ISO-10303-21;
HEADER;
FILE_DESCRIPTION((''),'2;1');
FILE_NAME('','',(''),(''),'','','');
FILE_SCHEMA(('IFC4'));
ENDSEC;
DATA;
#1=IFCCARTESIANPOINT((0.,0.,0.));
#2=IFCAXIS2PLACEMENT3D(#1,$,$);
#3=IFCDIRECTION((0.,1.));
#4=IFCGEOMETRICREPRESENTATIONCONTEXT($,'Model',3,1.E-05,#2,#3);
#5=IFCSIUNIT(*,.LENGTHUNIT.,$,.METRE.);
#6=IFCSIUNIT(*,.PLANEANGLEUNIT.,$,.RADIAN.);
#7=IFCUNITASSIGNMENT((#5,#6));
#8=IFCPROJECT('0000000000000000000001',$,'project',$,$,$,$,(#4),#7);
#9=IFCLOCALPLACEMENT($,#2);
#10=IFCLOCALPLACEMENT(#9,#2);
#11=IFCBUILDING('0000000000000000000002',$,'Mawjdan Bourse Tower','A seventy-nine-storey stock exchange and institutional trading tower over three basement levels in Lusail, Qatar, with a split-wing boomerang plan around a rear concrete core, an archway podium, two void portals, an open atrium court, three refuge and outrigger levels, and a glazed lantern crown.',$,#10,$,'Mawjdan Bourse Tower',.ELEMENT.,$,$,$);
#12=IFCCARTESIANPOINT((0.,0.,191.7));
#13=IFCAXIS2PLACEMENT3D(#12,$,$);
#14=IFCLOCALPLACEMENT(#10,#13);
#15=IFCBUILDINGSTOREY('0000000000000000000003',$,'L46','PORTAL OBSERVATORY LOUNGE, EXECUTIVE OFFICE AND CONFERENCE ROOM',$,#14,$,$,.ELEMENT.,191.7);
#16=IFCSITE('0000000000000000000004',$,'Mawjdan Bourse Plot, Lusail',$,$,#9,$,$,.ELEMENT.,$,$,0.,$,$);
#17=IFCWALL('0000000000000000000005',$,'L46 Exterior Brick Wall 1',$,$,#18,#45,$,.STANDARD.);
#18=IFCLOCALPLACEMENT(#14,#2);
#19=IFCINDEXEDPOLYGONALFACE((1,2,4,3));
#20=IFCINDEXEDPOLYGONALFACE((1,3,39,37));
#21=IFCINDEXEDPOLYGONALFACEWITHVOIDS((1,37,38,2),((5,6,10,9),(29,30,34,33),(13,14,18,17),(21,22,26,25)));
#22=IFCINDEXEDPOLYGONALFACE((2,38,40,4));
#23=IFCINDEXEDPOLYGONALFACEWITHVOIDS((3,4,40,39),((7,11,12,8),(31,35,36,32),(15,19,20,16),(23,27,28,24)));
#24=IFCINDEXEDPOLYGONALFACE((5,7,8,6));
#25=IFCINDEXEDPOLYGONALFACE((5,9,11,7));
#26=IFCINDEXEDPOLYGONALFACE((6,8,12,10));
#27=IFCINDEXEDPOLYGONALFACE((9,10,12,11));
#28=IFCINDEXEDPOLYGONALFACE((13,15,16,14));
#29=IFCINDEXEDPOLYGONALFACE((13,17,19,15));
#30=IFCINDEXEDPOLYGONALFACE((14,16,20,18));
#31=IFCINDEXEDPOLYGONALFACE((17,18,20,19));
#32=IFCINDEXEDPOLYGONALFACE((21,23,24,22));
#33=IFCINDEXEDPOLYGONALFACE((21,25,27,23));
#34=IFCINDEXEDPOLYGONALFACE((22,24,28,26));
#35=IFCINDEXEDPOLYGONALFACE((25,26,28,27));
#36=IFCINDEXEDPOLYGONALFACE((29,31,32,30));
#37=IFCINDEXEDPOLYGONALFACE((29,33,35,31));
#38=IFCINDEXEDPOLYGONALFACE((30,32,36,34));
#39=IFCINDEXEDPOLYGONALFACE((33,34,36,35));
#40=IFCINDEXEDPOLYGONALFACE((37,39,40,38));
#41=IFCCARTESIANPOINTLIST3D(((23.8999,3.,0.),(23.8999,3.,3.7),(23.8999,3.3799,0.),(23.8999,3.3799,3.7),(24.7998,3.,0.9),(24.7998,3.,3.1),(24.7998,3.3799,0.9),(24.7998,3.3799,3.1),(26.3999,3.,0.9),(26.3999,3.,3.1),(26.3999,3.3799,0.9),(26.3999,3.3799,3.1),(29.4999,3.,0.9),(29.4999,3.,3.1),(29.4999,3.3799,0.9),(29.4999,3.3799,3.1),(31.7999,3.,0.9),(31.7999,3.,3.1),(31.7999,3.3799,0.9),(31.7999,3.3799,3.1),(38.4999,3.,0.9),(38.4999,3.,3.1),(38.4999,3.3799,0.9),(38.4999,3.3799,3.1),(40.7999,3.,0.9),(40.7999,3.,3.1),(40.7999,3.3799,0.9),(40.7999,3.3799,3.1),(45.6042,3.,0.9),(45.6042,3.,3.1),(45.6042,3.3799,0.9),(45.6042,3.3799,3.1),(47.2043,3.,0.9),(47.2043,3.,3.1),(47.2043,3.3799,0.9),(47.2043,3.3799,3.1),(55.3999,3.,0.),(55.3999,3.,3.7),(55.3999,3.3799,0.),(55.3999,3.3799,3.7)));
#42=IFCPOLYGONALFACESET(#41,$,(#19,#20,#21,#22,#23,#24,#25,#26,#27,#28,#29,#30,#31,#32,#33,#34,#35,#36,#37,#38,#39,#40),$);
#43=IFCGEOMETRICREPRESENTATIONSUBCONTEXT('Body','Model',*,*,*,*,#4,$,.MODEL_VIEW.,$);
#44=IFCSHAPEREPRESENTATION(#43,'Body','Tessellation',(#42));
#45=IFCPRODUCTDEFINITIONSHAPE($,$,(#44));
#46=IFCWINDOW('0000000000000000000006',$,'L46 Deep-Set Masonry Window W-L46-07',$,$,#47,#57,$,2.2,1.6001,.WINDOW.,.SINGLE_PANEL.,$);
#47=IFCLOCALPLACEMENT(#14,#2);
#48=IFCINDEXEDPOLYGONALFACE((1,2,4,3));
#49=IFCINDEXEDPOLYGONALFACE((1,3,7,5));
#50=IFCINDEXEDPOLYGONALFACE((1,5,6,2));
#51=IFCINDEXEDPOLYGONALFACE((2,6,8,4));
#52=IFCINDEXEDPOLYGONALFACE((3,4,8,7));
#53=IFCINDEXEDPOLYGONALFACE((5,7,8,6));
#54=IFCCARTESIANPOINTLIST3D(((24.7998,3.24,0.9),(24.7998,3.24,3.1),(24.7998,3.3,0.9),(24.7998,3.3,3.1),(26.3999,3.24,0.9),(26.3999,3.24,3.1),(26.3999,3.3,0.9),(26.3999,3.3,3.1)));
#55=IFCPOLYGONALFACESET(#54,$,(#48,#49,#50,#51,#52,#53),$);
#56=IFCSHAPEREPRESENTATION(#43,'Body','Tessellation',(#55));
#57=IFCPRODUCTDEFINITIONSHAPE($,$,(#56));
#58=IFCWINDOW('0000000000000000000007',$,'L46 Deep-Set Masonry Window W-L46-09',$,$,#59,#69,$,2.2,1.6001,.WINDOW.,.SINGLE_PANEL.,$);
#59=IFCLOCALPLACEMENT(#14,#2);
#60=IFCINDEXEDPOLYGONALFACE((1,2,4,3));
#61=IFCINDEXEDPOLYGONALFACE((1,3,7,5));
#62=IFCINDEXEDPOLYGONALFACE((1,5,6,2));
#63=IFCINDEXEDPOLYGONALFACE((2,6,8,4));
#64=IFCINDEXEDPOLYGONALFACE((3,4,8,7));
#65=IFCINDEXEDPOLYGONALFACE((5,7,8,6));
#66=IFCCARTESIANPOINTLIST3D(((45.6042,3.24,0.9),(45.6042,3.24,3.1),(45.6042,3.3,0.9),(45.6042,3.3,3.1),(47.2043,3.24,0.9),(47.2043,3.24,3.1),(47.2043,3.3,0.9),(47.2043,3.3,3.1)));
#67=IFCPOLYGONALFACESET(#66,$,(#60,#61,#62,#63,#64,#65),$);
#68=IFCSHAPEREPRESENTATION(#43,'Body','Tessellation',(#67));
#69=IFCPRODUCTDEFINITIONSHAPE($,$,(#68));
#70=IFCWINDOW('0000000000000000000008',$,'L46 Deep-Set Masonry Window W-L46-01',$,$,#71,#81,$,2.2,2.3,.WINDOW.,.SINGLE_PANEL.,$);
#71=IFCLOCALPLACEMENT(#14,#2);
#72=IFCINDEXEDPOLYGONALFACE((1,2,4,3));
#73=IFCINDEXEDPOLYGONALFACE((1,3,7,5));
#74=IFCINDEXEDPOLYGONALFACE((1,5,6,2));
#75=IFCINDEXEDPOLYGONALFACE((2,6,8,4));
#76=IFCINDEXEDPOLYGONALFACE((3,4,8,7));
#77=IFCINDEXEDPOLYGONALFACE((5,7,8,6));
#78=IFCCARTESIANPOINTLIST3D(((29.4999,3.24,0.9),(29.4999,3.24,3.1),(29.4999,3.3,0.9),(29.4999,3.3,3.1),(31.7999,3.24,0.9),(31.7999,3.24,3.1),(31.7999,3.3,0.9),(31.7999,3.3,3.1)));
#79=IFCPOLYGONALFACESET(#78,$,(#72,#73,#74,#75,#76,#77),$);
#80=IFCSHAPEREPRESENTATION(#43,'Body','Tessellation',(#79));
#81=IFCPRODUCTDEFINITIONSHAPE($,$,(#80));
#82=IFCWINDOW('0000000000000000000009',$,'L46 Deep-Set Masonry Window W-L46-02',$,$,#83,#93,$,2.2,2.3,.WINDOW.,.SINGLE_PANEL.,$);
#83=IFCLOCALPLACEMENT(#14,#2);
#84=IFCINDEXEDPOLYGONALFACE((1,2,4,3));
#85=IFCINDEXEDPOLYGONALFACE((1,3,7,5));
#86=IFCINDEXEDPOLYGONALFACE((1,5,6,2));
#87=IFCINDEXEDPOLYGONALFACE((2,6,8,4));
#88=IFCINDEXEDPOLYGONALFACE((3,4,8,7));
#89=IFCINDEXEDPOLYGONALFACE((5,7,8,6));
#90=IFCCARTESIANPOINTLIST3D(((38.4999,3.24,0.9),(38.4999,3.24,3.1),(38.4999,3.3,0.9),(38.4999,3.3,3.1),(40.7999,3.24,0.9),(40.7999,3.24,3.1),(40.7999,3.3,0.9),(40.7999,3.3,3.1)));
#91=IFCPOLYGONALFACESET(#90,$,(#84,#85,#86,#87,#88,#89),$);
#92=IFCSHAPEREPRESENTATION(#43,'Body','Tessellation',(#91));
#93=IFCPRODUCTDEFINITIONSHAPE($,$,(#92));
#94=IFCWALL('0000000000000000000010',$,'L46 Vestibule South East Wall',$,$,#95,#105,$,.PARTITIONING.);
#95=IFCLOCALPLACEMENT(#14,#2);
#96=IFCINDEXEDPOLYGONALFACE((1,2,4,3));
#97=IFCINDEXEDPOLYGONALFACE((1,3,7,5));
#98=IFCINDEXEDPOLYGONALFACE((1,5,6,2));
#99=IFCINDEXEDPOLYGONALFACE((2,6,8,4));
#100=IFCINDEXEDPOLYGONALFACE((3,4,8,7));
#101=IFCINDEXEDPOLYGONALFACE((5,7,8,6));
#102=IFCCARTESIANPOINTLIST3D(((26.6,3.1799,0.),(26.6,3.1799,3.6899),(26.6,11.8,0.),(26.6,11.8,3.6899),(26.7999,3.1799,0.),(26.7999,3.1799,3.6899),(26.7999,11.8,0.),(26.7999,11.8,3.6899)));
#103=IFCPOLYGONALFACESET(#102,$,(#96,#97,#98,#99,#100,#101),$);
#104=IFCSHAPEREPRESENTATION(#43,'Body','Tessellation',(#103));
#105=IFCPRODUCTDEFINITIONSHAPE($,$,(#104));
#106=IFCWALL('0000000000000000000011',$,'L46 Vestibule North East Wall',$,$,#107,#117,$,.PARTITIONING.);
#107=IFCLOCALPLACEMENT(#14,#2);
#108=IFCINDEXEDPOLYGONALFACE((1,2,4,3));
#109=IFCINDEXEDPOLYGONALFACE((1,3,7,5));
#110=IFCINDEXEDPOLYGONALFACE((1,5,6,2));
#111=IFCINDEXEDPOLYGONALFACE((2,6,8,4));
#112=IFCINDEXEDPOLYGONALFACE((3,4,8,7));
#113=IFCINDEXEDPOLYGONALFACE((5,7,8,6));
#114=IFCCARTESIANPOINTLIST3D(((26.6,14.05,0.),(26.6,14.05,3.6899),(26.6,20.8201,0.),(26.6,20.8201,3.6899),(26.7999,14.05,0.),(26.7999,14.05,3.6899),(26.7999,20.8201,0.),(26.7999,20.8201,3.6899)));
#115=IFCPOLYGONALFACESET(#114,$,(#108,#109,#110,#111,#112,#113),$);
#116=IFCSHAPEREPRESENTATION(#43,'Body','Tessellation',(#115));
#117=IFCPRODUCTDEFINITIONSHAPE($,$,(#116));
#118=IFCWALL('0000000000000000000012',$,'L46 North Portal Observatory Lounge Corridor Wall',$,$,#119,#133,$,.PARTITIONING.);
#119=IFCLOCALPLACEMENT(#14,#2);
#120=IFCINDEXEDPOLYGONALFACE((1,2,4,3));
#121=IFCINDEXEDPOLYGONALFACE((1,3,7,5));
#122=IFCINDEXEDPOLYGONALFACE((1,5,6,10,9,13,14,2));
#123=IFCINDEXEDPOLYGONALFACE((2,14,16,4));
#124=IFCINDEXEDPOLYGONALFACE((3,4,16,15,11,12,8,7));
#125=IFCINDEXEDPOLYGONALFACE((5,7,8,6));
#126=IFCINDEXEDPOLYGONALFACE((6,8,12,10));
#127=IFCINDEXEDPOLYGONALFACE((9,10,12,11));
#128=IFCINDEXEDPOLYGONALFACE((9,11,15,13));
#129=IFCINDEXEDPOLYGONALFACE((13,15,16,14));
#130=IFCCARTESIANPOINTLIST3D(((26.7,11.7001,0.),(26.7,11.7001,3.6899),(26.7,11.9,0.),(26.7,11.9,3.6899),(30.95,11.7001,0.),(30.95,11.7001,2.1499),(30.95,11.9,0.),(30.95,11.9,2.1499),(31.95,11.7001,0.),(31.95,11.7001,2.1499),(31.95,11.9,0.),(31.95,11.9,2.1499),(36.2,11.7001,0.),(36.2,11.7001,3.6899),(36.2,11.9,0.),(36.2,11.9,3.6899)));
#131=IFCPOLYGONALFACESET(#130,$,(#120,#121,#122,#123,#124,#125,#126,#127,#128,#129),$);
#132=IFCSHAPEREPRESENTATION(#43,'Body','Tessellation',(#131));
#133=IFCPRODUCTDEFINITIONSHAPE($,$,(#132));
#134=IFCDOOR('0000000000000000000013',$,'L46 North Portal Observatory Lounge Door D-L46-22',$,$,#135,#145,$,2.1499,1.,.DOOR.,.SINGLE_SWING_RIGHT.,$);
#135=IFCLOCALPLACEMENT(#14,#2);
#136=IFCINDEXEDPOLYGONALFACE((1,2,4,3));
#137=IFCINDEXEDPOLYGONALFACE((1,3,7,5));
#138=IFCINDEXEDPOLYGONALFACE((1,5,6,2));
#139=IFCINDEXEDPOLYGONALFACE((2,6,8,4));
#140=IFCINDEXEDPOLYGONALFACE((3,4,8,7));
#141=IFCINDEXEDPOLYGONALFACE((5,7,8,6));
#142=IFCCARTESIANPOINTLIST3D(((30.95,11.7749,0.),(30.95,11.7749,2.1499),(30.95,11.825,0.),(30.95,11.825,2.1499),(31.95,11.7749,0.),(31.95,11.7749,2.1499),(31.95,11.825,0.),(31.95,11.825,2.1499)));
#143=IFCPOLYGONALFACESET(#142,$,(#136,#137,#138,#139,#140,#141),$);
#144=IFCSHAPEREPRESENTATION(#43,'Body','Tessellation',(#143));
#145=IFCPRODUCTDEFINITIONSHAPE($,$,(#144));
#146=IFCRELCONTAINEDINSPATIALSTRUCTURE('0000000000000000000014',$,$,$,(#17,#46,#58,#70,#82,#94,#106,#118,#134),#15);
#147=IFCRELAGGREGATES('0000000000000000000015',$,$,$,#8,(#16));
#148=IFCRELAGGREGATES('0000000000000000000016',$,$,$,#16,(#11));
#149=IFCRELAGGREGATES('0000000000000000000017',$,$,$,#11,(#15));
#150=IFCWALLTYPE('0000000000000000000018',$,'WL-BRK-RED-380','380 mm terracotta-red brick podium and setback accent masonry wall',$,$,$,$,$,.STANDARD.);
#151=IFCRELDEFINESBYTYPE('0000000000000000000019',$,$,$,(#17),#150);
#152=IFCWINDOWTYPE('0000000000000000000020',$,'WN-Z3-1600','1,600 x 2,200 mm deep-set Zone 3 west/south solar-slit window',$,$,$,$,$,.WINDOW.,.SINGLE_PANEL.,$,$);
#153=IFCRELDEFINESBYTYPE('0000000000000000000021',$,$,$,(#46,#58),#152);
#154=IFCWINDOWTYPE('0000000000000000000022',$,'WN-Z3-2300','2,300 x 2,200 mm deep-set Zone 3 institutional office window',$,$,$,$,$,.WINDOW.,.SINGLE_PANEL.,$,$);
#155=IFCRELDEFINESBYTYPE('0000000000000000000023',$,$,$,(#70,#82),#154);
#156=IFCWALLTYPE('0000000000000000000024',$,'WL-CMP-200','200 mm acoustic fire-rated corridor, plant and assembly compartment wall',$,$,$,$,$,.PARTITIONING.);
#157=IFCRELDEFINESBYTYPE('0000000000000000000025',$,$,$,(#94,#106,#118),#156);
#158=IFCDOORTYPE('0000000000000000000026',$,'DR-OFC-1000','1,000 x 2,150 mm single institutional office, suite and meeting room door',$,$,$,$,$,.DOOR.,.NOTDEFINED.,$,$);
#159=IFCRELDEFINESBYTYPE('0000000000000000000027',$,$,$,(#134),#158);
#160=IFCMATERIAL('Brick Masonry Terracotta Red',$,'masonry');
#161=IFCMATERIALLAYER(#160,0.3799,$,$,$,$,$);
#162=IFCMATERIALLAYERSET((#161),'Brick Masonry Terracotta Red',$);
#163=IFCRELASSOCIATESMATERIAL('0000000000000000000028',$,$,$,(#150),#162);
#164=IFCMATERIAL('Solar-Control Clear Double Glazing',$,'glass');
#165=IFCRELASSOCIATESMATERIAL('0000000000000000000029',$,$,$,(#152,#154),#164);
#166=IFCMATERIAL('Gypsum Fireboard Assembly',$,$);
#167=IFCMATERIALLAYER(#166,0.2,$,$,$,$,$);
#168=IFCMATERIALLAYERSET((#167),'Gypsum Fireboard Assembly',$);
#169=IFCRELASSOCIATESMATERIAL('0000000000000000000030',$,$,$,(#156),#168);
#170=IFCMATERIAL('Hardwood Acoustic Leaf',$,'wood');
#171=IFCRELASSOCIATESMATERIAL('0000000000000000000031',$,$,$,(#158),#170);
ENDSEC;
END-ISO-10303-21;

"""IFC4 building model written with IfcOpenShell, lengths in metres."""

from ifc_helpers import new_model, si_unit, direction, frame, frame_2d, origin, place, context, subcontext, project, spatial, rectangle, extrude, material, layer, layer_set, type_object, element, fill, save


model = new_model("IFC4")

# Units and contexts
model_context = context("Model", 3, precision=1e-05, world=origin(), true_north=direction((0.0, 1.0)))
body_context = subcontext(model_context, "Body", "Model", "MODEL_VIEW")
ifc_project = project(units=[si_unit("LENGTHUNIT", "METRE"), si_unit("PLANEANGLEUNIT", "RADIAN")], contexts=[model_context])

# Site, building, storey
site_placement = place(None, origin())
site = spatial("IfcSite", under=ifc_project, at=site_placement, Name="Mawjdan Bourse Plot, Lusail", CompositionType="ELEMENT", RefElevation=0.0)
building_placement = place(site_placement, origin())
building = spatial("IfcBuilding", under=site, at=building_placement, Name="Mawjdan Bourse Tower", Description="A seventy-nine-storey stock exchange and institutional trading tower over three basement levels in Lusail, Qatar, with a split-wing boomerang plan around a rear concrete core, an archway podium, two void portals, an open atrium court, three refuge and outrigger levels, and a glazed lantern crown.", LongName="Mawjdan Bourse Tower", CompositionType="ELEMENT")
storey_placement = place(building_placement, frame((0.0, 0.0, 191.7)))
storey = spatial("IfcBuildingStorey", under=building, at=storey_placement, Name="L46", Description="PORTAL OBSERVATORY LOUNGE, EXECUTIVE OFFICE AND CONFERENCE ROOM", CompositionType="ELEMENT", Elevation=191.7)

# Wall, openings, windows
ifc_material_1 = material(Name="Brick Masonry Terracotta Red", Category="masonry")
ifc_layer_1 = layer(ifc_material_1, 0.3799)
ifc_layer_set_1 = layer_set([ifc_layer_1], Name="Brick Masonry Terracotta Red")
wall_type_1 = type_object("IfcWallType", Name="WL-BRK-RED-380", Description="380 mm terracotta-red brick podium and setback accent masonry wall", PredefinedType="STANDARD", material=ifc_layer_set_1)
wall_1_placement = place(storey_placement, frame((23.8999, 3.1899, 0.0), z_axis=(0.0, 0.0, 1.0), x_axis=(1.0, 0.0, 0.0)))
wall_1 = element("IfcWall", 1, at=wall_1_placement, inside=storey, type_object=wall_type_1, Name="L46 Exterior Brick Wall 1", PredefinedType="STANDARD", context=body_context, shape_type="SweptSolid", body=[
    extrude(rectangle(XDim=31.5, YDim=0.3799, at=frame_2d((15.75, 0.0))), origin(), (0.0, 0.0, 1.0), 3.7),
])
opening_1_placement = place(wall_1_placement, frame((5.6001, 0.0, 0.8999)))
opening_1 = element("IfcOpeningElement", 2, at=opening_1_placement, cuts=wall_1, PredefinedType="OPENING", context=body_context, shape_type="SweptSolid", body=[
    extrude(rectangle(XDim=2.3, YDim=2.2, at=frame_2d((1.1499, 1.1001))), frame((0.0, 0.2, 0.0), z_axis=(0.0, -1.0, 0.0), x_axis=(1.0, 0.0, 0.0)), (0.0, 0.0, 1.0), 0.3999),
])
opening_2_placement = place(wall_1_placement, frame((14.6001, 0.0, 0.8999)))
opening_2 = element("IfcOpeningElement", 3, at=opening_2_placement, cuts=wall_1, PredefinedType="OPENING", context=body_context, shape_type="SweptSolid", body=[
    extrude(rectangle(XDim=2.3, YDim=2.2, at=frame_2d((1.1499, 1.1001))), frame((0.0, 0.2, 0.0), z_axis=(0.0, -1.0, 0.0), x_axis=(1.0, 0.0, 0.0)), (0.0, 0.0, 1.0), 0.3999),
])
opening_3_placement = place(wall_1_placement, frame((0.8999, 0.0, 0.8999)))
opening_3 = element("IfcOpeningElement", 4, at=opening_3_placement, cuts=wall_1, PredefinedType="OPENING", context=body_context, shape_type="SweptSolid", body=[
    extrude(rectangle(XDim=1.6001, YDim=2.2, at=frame_2d((0.8, 1.1001))), frame((0.0, 0.2, 0.0), z_axis=(0.0, -1.0, 0.0), x_axis=(1.0, 0.0, 0.0)), (0.0, 0.0, 1.0), 0.3999),
])
opening_4_placement = place(wall_1_placement, frame((21.7043, 0.0, 0.8999)))
opening_4 = element("IfcOpeningElement", 5, at=opening_4_placement, cuts=wall_1, PredefinedType="OPENING", context=body_context, shape_type="SweptSolid", body=[
    extrude(rectangle(XDim=1.6001, YDim=2.2, at=frame_2d((0.8, 1.1001))), frame((0.0, 0.2, 0.0), z_axis=(0.0, -1.0, 0.0), x_axis=(1.0, 0.0, 0.0)), (0.0, 0.0, 1.0), 0.3999),
])
ifc_material_2 = material(Name="Solar-Control Clear Double Glazing", Category="glass")
window_type_1 = type_object("IfcWindowType", Name="WN-Z3-1600", Description="1,600 x 2,200 mm deep-set Zone 3 west/south solar-slit window", PartitioningType="SINGLE_PANEL", PredefinedType="WINDOW", material=ifc_material_2)
window_1_placement = place(opening_3_placement, origin())
window_1 = element("IfcWindow", 6, at=window_1_placement, inside=storey, type_object=window_type_1, Name="L46 Deep-Set Masonry Window W-L46-07", OverallHeight=2.2, OverallWidth=1.6001, PartitioningType="SINGLE_PANEL", PredefinedType="WINDOW", context=body_context, shape_type="SweptSolid", body=[
    extrude(rectangle(XDim=1.6001, YDim=2.2, at=frame_2d((0.8, 1.1001))), frame((0.0, 0.1101, 0.0), z_axis=(0.0, -1.0, 0.0), x_axis=(1.0, 0.0, 0.0)), (0.0, 0.0, 1.0), 0.0601),
])
fill(opening_3, window_1)
window_2_placement = place(opening_4_placement, origin())
window_2 = element("IfcWindow", 7, at=window_2_placement, inside=storey, type_object=window_type_1, Name="L46 Deep-Set Masonry Window W-L46-09", OverallHeight=2.2, OverallWidth=1.6001, PartitioningType="SINGLE_PANEL", PredefinedType="WINDOW", context=body_context, shape_type="SweptSolid", body=[
    extrude(rectangle(XDim=1.6001, YDim=2.2, at=frame_2d((0.8, 1.1001))), frame((0.0, 0.1101, 0.0), z_axis=(0.0, -1.0, 0.0), x_axis=(1.0, 0.0, 0.0)), (0.0, 0.0, 1.0), 0.0601),
])
fill(opening_4, window_2)
window_type_2 = type_object("IfcWindowType", Name="WN-Z3-2300", Description="2,300 x 2,200 mm deep-set Zone 3 institutional office window", PartitioningType="SINGLE_PANEL", PredefinedType="WINDOW", material=ifc_material_2)
window_3_placement = place(opening_1_placement, origin())
window_3 = element("IfcWindow", 8, at=window_3_placement, inside=storey, type_object=window_type_2, Name="L46 Deep-Set Masonry Window W-L46-01", OverallHeight=2.2, OverallWidth=2.3, PartitioningType="SINGLE_PANEL", PredefinedType="WINDOW", context=body_context, shape_type="SweptSolid", body=[
    extrude(rectangle(XDim=2.3, YDim=2.2, at=frame_2d((1.1499, 1.1001))), frame((0.0, 0.1101, 0.0), z_axis=(0.0, -1.0, 0.0), x_axis=(1.0, 0.0, 0.0)), (0.0, 0.0, 1.0), 0.0601),
])
fill(opening_1, window_3)
window_4_placement = place(opening_2_placement, origin())
window_4 = element("IfcWindow", 9, at=window_4_placement, inside=storey, type_object=window_type_2, Name="L46 Deep-Set Masonry Window W-L46-02", OverallHeight=2.2, OverallWidth=2.3, PartitioningType="SINGLE_PANEL", PredefinedType="WINDOW", context=body_context, shape_type="SweptSolid", body=[
    extrude(rectangle(XDim=2.3, YDim=2.2, at=frame_2d((1.1499, 1.1001))), frame((0.0, 0.1101, 0.0), z_axis=(0.0, -1.0, 0.0), x_axis=(1.0, 0.0, 0.0)), (0.0, 0.0, 1.0), 0.0601),
])
fill(opening_2, window_4)

# Shared definitions
ifc_material_3 = material(Name="Gypsum Fireboard Assembly")
ifc_layer_2 = layer(ifc_material_3, 0.2)
ifc_layer_set_2 = layer_set([ifc_layer_2], Name="Gypsum Fireboard Assembly")
wall_type_2 = type_object("IfcWallType", Name="WL-CMP-200", Description="200 mm acoustic fire-rated corridor, plant and assembly compartment wall", PredefinedType="PARTITIONING", material=ifc_layer_set_2)
ifc_material_4 = material(Name="Hardwood Acoustic Leaf", Category="wood")
door_type_1 = type_object("IfcDoorType", Name="DR-OFC-1000", Description="1,000 x 2,150 mm single institutional office, suite and meeting room door", OperationType="NOTDEFINED", PredefinedType="DOOR", material=ifc_material_4)

# Walls
wall_2_placement = place(storey_placement, frame((26.7, 3.1799, 0.0), z_axis=(0.0, 0.0, 1.0), x_axis=(0.0, 1.0, 0.0)))
element("IfcWall", 10, at=wall_2_placement, inside=storey, type_object=wall_type_2, Name="L46 Vestibule South East Wall", PredefinedType="PARTITIONING", context=body_context, shape_type="SweptSolid", body=[
    extrude(rectangle(XDim=8.6201, YDim=0.2, at=frame_2d((4.3101, 0.0))), origin(), (0.0, 0.0, 1.0), 3.6899),
])
wall_3_placement = place(storey_placement, frame((26.7, 14.05, 0.0), z_axis=(0.0, 0.0, 1.0), x_axis=(0.0, 1.0, 0.0)))
element("IfcWall", 11, at=wall_3_placement, inside=storey, type_object=wall_type_2, Name="L46 Vestibule North East Wall", PredefinedType="PARTITIONING", context=body_context, shape_type="SweptSolid", body=[
    extrude(rectangle(XDim=6.77, YDim=0.2, at=frame_2d((3.385, 0.0))), origin(), (0.0, 0.0, 1.0), 3.6899),
])

# Wall, opening, door
wall_4_placement = place(storey_placement, frame((26.7, 11.8, 0.0), z_axis=(0.0, 0.0, 1.0), x_axis=(1.0, 0.0, 0.0)))
wall_4 = element("IfcWall", 12, at=wall_4_placement, inside=storey, type_object=wall_type_2, Name="L46 North Portal Observatory Lounge Corridor Wall", PredefinedType="PARTITIONING", context=body_context, shape_type="SweptSolid", body=[
    extrude(rectangle(XDim=9.5, YDim=0.2, at=frame_2d((4.75, 0.0))), origin(), (0.0, 0.0, 1.0), 3.6899),
])
opening_5_placement = place(wall_4_placement, frame((4.25, 0.0, 0.0)))
opening_5 = element("IfcOpeningElement", 13, at=opening_5_placement, cuts=wall_4, PredefinedType="OPENING", context=body_context, shape_type="SweptSolid", body=[
    extrude(rectangle(XDim=1.0, YDim=2.1499, at=frame_2d((0.5, 1.075))), frame((0.0, 0.1099, 0.0), z_axis=(0.0, -1.0, 0.0), x_axis=(1.0, 0.0, 0.0)), (0.0, 0.0, 1.0), 0.22),
])
door_1_placement = place(opening_5_placement, origin())
door_1 = element("IfcDoor", 14, at=door_1_placement, inside=storey, type_object=door_type_1, Name="L46 North Portal Observatory Lounge Door D-L46-22", OperationType="SINGLE_SWING_RIGHT", OverallHeight=2.1499, OverallWidth=1.0, PredefinedType="DOOR", context=body_context, shape_type="SweptSolid", body=[
    extrude(rectangle(XDim=1.0, YDim=2.1499, at=frame_2d((0.5, 1.075))), frame((0.0, 0.0249, 0.0), z_axis=(0.0, -1.0, 0.0), x_axis=(1.0, 0.0, 0.0)), (0.0, 0.0, 1.0), 0.05),
])
fill(opening_5, door_1)

save(model, "model.ifc")
